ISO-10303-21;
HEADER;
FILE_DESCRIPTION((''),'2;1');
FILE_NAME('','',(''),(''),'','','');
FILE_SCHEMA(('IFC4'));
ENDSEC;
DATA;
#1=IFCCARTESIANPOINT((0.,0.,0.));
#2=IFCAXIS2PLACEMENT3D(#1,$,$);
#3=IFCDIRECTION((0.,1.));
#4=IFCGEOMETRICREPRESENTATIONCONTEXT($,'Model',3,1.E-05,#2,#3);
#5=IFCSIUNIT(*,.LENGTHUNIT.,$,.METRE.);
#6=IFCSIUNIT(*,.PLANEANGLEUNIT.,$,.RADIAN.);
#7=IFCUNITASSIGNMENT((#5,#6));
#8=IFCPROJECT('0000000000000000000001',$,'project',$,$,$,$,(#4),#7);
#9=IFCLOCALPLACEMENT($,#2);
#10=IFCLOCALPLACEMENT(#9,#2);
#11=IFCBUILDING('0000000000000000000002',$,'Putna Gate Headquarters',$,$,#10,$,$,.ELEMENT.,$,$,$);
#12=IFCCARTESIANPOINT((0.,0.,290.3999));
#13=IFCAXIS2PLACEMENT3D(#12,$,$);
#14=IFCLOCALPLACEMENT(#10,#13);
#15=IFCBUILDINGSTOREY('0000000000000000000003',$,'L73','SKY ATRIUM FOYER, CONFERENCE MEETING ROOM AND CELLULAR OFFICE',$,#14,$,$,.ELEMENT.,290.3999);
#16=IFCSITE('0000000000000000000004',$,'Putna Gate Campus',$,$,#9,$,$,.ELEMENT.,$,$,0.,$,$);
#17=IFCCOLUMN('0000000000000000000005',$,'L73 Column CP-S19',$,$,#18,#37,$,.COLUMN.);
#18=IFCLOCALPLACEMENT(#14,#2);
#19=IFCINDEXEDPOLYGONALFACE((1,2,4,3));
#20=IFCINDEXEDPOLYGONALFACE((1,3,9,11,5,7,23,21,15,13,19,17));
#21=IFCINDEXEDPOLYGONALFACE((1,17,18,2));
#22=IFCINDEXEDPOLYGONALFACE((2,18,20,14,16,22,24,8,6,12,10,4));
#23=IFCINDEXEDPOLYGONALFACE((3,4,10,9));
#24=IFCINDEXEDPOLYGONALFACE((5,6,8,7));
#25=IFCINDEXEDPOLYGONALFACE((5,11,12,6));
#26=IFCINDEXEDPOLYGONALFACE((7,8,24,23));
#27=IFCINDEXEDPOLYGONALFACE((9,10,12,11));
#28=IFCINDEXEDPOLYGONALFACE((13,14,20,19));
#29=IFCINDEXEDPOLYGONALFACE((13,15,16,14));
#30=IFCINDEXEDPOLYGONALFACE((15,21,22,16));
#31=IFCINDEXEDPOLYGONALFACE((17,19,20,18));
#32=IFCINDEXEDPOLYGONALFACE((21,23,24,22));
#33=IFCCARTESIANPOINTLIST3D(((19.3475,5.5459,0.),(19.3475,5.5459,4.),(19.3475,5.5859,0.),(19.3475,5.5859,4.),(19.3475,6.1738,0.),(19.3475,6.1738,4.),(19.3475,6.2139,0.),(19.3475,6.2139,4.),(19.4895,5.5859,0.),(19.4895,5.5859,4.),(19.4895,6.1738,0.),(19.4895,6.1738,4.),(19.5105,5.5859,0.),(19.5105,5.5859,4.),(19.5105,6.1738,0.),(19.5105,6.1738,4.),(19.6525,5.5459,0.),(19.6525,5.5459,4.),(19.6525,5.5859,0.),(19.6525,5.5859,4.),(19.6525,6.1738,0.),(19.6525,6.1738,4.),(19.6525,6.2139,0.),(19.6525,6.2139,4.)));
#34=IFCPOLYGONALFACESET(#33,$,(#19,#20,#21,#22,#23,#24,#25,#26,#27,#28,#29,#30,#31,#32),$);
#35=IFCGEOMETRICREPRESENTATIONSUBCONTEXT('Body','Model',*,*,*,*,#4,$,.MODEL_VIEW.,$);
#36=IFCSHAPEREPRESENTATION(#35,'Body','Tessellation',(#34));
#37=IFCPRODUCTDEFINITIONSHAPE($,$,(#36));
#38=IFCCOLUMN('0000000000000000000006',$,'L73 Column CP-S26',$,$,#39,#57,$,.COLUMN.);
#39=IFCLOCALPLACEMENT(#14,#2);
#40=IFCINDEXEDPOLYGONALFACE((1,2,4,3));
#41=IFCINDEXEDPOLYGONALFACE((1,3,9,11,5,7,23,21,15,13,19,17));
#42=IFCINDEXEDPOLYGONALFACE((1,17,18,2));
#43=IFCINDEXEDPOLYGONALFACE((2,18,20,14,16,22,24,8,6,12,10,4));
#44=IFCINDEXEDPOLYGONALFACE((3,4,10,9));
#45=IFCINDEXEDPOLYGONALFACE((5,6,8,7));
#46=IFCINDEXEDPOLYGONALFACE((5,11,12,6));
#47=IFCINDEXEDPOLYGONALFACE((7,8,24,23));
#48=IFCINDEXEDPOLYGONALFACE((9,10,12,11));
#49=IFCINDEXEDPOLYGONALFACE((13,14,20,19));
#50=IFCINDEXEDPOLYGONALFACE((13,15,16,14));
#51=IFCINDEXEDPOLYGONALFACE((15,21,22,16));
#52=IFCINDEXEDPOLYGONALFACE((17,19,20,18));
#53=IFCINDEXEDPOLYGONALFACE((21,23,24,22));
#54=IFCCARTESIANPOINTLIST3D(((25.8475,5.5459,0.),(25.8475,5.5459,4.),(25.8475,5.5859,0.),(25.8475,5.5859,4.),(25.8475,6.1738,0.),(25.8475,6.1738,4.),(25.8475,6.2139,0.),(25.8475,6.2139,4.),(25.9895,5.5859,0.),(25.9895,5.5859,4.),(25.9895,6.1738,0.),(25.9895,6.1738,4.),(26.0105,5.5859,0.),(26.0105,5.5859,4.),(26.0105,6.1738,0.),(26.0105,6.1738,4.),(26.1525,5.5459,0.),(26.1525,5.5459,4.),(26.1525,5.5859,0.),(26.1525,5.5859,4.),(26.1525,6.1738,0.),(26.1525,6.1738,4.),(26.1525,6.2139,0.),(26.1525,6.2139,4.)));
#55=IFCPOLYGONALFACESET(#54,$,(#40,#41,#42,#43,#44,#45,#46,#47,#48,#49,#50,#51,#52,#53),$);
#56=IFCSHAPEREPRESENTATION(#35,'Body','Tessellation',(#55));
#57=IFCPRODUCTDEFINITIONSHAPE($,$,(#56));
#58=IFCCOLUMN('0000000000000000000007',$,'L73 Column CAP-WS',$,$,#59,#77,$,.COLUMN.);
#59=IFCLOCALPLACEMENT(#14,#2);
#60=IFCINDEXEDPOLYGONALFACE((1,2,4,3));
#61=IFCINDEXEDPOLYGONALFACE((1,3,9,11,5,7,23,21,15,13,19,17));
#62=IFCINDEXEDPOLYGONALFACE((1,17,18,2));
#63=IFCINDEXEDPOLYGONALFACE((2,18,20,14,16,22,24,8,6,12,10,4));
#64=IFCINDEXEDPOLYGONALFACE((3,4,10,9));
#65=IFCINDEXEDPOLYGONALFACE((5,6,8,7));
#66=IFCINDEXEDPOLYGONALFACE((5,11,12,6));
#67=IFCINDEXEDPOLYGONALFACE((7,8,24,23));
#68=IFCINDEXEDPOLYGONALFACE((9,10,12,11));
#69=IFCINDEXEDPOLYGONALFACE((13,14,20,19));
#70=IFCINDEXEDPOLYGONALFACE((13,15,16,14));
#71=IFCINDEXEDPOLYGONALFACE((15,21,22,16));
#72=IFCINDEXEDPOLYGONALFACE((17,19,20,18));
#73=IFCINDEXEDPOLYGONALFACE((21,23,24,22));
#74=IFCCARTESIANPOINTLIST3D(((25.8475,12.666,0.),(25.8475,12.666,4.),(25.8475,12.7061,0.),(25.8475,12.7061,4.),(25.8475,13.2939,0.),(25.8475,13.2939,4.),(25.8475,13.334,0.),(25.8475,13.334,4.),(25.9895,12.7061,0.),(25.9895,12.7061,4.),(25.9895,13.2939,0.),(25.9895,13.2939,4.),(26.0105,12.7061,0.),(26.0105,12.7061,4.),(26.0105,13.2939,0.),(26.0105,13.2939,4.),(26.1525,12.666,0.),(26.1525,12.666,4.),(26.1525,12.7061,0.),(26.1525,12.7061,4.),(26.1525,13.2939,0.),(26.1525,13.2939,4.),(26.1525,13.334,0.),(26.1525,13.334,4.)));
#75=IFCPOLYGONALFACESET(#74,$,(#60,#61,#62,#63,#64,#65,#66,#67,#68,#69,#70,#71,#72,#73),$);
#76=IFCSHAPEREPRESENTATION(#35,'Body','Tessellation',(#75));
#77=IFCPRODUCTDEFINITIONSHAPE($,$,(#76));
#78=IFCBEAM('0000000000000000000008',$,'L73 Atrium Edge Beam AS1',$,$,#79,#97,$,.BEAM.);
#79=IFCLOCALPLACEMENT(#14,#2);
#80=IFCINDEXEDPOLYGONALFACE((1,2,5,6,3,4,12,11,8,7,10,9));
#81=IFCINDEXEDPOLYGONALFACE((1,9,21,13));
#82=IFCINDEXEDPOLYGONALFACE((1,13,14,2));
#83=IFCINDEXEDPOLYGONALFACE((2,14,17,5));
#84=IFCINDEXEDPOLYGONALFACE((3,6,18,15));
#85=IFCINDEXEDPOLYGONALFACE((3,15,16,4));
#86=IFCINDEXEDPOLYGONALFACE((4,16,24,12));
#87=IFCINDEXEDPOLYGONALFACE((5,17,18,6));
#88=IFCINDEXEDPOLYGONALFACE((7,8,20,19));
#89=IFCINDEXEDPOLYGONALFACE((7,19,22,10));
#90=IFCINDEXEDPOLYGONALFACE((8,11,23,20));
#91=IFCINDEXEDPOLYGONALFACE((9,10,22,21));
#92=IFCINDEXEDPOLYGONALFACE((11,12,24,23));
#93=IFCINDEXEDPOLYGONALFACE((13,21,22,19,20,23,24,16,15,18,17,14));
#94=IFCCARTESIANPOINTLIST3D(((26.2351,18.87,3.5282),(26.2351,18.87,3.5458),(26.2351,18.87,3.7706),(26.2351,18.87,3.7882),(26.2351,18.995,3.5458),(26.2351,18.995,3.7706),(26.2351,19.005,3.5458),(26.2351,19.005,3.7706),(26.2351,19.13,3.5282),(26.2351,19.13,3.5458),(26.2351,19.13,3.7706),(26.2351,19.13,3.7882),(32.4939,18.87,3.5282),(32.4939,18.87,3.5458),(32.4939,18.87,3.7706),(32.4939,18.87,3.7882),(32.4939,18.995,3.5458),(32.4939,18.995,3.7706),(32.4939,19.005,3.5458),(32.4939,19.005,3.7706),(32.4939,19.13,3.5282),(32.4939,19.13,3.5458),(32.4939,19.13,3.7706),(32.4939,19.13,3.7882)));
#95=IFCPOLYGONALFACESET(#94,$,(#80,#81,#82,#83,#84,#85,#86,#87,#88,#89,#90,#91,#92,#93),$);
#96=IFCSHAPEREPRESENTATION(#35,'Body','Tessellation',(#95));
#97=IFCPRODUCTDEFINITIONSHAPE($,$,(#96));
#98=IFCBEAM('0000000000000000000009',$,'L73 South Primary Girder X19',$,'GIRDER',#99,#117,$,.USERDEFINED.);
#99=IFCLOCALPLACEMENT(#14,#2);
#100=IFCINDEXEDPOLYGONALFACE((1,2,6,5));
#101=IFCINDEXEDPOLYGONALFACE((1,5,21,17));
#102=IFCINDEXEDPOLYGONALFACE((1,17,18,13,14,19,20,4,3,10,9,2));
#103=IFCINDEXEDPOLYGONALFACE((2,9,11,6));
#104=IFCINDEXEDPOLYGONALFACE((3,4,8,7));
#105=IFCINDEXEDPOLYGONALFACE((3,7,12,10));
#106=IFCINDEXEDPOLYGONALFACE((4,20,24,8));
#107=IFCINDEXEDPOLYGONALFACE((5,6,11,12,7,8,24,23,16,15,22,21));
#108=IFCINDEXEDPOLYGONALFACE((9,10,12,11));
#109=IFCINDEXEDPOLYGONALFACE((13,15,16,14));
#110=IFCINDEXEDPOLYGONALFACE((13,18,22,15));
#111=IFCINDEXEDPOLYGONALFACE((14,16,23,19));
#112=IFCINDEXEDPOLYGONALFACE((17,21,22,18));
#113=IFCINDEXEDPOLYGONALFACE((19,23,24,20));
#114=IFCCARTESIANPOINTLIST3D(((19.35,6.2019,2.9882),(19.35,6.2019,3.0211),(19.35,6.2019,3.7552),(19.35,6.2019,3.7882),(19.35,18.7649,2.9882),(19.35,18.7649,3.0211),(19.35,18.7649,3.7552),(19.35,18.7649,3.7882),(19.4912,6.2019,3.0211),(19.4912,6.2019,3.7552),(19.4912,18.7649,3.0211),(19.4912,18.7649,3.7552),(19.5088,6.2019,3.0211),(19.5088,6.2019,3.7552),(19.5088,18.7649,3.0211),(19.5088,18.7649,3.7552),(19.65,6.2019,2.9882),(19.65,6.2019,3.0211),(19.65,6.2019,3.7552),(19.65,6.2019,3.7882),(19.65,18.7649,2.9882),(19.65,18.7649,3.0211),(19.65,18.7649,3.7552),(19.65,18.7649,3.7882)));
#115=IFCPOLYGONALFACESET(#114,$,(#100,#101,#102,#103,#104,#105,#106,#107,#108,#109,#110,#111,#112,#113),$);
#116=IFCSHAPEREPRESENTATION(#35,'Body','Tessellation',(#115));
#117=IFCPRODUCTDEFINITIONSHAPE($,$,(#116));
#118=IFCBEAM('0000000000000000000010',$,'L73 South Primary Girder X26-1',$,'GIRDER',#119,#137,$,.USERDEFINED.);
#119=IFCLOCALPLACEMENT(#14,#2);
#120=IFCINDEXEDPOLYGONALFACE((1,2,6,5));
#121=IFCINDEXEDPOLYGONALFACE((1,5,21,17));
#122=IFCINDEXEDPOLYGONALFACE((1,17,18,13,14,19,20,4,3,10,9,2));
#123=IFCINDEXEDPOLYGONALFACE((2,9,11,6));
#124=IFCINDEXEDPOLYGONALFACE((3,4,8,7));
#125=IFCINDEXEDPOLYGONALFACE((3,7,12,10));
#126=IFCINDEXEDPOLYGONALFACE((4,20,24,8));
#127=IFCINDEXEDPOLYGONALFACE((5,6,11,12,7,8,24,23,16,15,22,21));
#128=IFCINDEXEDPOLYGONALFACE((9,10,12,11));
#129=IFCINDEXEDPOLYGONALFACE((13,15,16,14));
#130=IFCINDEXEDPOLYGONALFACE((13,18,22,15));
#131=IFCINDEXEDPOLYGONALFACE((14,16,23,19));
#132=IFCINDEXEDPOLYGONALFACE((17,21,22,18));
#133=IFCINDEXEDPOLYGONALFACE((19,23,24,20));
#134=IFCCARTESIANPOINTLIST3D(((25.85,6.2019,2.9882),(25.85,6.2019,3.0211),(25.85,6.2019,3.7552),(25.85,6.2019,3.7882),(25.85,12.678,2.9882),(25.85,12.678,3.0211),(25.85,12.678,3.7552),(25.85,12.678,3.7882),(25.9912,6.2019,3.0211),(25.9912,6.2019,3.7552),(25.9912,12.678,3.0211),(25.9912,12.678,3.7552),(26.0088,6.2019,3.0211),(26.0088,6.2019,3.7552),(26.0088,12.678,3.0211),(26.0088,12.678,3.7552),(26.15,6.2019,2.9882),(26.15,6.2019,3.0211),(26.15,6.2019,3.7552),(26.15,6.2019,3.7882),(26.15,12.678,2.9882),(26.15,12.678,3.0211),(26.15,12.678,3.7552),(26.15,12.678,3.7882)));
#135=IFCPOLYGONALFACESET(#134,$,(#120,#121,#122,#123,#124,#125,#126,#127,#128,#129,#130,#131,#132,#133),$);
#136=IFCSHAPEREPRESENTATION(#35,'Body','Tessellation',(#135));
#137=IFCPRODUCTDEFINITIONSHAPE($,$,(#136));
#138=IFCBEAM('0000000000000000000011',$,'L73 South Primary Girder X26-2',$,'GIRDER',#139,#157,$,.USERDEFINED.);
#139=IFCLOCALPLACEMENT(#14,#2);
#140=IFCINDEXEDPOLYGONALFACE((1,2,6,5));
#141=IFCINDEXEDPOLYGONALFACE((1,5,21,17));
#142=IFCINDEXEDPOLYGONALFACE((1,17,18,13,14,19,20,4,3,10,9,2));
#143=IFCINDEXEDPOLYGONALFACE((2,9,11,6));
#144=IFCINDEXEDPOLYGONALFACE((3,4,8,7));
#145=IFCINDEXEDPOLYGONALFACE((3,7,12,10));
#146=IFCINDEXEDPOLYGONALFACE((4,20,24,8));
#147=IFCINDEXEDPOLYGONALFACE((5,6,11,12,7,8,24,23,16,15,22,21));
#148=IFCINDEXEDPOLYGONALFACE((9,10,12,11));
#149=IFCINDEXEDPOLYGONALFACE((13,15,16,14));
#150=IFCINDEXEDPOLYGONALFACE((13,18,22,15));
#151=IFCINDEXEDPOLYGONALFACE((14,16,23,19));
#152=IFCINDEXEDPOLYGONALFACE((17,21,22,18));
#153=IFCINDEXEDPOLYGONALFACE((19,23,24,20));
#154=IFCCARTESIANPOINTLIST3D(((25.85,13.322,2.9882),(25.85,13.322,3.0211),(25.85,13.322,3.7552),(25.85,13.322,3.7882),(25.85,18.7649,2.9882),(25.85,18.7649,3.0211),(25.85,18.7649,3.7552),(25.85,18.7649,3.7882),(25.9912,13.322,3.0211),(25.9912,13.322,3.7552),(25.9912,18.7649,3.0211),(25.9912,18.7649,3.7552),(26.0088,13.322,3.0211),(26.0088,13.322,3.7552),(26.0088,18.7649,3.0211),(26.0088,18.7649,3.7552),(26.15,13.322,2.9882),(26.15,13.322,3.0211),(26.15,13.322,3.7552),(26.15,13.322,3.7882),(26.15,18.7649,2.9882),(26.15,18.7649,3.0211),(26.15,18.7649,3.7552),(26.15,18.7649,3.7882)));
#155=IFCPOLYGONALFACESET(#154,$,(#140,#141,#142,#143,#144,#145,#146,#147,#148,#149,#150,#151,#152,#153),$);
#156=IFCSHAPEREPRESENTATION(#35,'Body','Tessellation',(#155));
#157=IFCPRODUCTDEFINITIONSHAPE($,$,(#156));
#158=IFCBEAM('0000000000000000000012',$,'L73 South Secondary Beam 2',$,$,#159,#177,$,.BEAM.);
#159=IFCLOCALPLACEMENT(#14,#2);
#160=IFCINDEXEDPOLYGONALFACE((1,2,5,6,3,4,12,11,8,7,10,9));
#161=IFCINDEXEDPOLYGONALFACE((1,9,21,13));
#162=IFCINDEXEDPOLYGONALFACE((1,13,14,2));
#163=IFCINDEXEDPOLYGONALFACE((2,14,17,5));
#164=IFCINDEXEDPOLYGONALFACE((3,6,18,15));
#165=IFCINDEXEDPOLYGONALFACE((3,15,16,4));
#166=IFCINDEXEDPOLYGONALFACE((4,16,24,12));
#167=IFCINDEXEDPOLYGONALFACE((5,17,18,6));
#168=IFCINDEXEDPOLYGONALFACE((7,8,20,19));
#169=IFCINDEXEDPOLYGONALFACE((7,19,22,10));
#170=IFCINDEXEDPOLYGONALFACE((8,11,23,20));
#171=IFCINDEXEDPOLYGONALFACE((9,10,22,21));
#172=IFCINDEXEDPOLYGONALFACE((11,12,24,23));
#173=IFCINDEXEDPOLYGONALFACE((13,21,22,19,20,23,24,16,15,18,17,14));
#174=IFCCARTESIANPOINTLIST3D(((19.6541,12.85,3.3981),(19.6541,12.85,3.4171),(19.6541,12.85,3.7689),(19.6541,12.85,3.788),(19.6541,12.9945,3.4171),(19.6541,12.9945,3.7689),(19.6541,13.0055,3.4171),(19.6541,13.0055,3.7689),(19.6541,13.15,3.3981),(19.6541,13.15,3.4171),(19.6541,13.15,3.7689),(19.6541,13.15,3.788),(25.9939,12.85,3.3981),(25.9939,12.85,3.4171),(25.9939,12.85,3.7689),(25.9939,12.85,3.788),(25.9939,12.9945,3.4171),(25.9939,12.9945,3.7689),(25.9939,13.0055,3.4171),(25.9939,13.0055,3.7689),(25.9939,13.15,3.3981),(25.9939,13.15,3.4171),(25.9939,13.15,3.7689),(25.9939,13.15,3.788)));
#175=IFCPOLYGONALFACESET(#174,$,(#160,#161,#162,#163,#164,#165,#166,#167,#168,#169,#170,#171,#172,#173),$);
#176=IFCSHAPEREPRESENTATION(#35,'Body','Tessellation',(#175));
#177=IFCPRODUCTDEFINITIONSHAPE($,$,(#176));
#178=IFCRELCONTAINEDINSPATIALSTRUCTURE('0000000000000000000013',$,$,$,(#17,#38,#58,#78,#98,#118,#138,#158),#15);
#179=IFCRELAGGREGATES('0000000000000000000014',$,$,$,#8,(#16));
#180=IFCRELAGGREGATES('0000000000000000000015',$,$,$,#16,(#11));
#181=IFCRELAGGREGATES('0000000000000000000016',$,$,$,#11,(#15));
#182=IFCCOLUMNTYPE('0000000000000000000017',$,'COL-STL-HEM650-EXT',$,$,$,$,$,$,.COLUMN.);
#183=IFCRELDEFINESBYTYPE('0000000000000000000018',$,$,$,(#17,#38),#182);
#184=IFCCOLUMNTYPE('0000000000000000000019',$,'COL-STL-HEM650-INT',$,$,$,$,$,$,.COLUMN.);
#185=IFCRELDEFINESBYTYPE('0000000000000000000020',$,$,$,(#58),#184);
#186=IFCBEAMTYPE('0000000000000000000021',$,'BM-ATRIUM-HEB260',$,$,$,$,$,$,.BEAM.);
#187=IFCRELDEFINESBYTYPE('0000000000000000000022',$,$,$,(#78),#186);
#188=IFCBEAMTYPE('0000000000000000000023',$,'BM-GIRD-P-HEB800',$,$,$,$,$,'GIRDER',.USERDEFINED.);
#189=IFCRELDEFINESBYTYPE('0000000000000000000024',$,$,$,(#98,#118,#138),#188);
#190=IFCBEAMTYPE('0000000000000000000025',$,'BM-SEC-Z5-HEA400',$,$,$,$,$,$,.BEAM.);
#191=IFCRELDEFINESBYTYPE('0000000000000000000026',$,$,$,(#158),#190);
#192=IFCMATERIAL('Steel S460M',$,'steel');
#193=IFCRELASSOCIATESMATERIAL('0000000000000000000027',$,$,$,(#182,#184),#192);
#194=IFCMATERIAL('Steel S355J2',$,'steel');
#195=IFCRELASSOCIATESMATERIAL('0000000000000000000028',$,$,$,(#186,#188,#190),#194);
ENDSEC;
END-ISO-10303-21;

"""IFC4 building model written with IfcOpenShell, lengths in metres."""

from ifc_helpers import new_model, si_unit, direction, frame, origin, origin_2d, place, context, subcontext, project, spatial, i_section, extrude, material, material_profile, profile_set, type_object, element, save


model = new_model("IFC4")

# Units and contexts
model_context = context("Model", 3, precision=1e-05, world=origin(), true_north=direction((0.0, 1.0)))
body_context = subcontext(model_context, "Body", "Model", "MODEL_VIEW")
ifc_project = project(units=[si_unit("LENGTHUNIT", "METRE"), si_unit("PLANEANGLEUNIT", "RADIAN")], contexts=[model_context])

# Site, building, storey
site_placement = place(None, origin())
site = spatial("IfcSite", under=ifc_project, at=site_placement, Name="Putna Gate Campus", CompositionType="ELEMENT", RefElevation=0.0)
building_placement = place(site_placement, origin())
building = spatial("IfcBuilding", under=site, at=building_placement, Name="Putna Gate Headquarters", CompositionType="ELEMENT")
storey_placement = place(building_placement, frame((0.0, 0.0, 290.3999)))
storey = spatial("IfcBuildingStorey", under=building, at=storey_placement, Name="L73", Description="SKY ATRIUM FOYER, CONFERENCE MEETING ROOM AND CELLULAR OFFICE", CompositionType="ELEMENT", Elevation=290.3999)

# Columns
ifc_material_1 = material(Name="Steel S460M", Category="steel")
ifc_material_profile_1 = material_profile(ifc_material_1, i_section(OverallWidth=0.3049, OverallDepth=0.668, WebThickness=0.021, FlangeThickness=0.04, at=origin_2d()), Name="Steel S460M")
ifc_profile_set_1 = profile_set([ifc_material_profile_1], Name="Steel S460M")
column_type_1 = type_object("IfcColumnType", Name="COL-STL-HEM650-EXT", PredefinedType="COLUMN", material=ifc_profile_set_1)
for number, where, z_axis, x_axis, name in (
    (1, (19.5, 5.8799, 0.0), (0.0, 0.0, 1.0), (1.0, 0.0, 0.0), "L73 Column CP-S19"),
    (2, (26.0, 5.8799, 0.0), (0.0, 0.0, 1.0), (1.0, 0.0, 0.0), "L73 Column CP-S26"),
):
    element("IfcColumn", number, at=place(storey_placement, frame(where, z_axis=z_axis, x_axis=x_axis)), inside=storey, type_object=column_type_1, Name=name, PredefinedType="COLUMN", context=body_context, shape_type="SweptSolid", body=[
        extrude(i_section(OverallWidth=0.3049, OverallDepth=0.668, WebThickness=0.021, FlangeThickness=0.04, at=origin_2d()), origin(), (0.0, 0.0, 1.0), 4.0),
    ])
ifc_material_profile_2 = material_profile(ifc_material_1, i_section(OverallWidth=0.3049, OverallDepth=0.668, WebThickness=0.021, FlangeThickness=0.04, at=origin_2d()), Name="Steel S460M")
ifc_profile_set_2 = profile_set([ifc_material_profile_2], Name="Steel S460M")
column_type_2 = type_object("IfcColumnType", Name="COL-STL-HEM650-INT", PredefinedType="COLUMN", material=ifc_profile_set_2)
column_placement = place(storey_placement, frame((26.0, 13.0, 0.0), z_axis=(0.0, 0.0, 1.0), x_axis=(1.0, 0.0, 0.0)))
element("IfcColumn", 3, at=column_placement, inside=storey, type_object=column_type_2, Name="L73 Column CAP-WS", PredefinedType="COLUMN", context=body_context, shape_type="SweptSolid", body=[
    extrude(i_section(OverallWidth=0.3049, OverallDepth=0.668, WebThickness=0.021, FlangeThickness=0.04, at=origin_2d()), origin(), (0.0, 0.0, 1.0), 4.0),
])

# Beams
ifc_material_2 = material(Name="Steel S355J2", Category="steel")
ifc_material_profile_3 = material_profile(ifc_material_2, i_section(OverallWidth=0.26, OverallDepth=0.26, WebThickness=0.01, FlangeThickness=0.0176, at=origin_2d()), Name="Steel S355J2")
ifc_profile_set_3 = profile_set([ifc_material_profile_3], Name="Steel S355J2")
beam_type_1 = type_object("IfcBeamType", Name="BM-ATRIUM-HEB260", PredefinedType="BEAM", material=ifc_profile_set_3)
beam_1_placement = place(storey_placement, frame((26.2351, 19.0, 3.6582), z_axis=(1.0, 0.0, 0.0), x_axis=(0.0, 1.0, 0.0)))
element("IfcBeam", 4, at=beam_1_placement, inside=storey, type_object=beam_type_1, Name="L73 Atrium Edge Beam AS1", PredefinedType="BEAM", context=body_context, shape_type="SweptSolid", body=[
    extrude(i_section(OverallWidth=0.26, OverallDepth=0.26, WebThickness=0.01, FlangeThickness=0.0176, at=origin_2d()), origin(), (0.0, 0.0, 1.0), 6.2588),
])
ifc_material_profile_4 = material_profile(ifc_material_2, i_section(OverallWidth=0.3, OverallDepth=0.8, WebThickness=0.0176, FlangeThickness=0.033, at=origin_2d()), Name="Steel S355J2")
ifc_profile_set_4 = profile_set([ifc_material_profile_4], Name="Steel S355J2")
beam_type_2 = type_object("IfcBeamType", Name="BM-GIRD-P-HEB800", ElementType="GIRDER", PredefinedType="USERDEFINED", material=ifc_profile_set_4)
beam_2_placement = place(storey_placement, frame((19.5, 6.2019, 3.3882), z_axis=(0.0, 1.0, 0.0), x_axis=(-1.0, 0.0, 0.0)))
element("IfcBeam", 5, at=beam_2_placement, inside=storey, type_object=beam_type_2, Name="L73 South Primary Girder X19", ObjectType="GIRDER", PredefinedType="USERDEFINED", context=body_context, shape_type="SweptSolid", body=[
    extrude(i_section(OverallWidth=0.3, OverallDepth=0.8, WebThickness=0.0176, FlangeThickness=0.033, at=origin_2d()), origin(), (0.0, 0.0, 1.0), 12.563),
])
beam_3_placement = place(storey_placement, frame((26.0, 6.2019, 3.3882), z_axis=(0.0, 1.0, 0.0), x_axis=(-1.0, 0.0, 0.0)))
element("IfcBeam", 6, at=beam_3_placement, inside=storey, type_object=beam_type_2, Name="L73 South Primary Girder X26-1", ObjectType="GIRDER", PredefinedType="USERDEFINED", context=body_context, shape_type="SweptSolid", body=[
    extrude(i_section(OverallWidth=0.3, OverallDepth=0.8, WebThickness=0.0176, FlangeThickness=0.033, at=origin_2d()), origin(), (0.0, 0.0, 1.0), 6.4761),
])
beam_4_placement = place(storey_placement, frame((26.0, 13.322, 3.3882), z_axis=(0.0, 1.0, 0.0), x_axis=(-1.0, 0.0, 0.0)))
element("IfcBeam", 7, at=beam_4_placement, inside=storey, type_object=beam_type_2, Name="L73 South Primary Girder X26-2", ObjectType="GIRDER", PredefinedType="USERDEFINED", context=body_context, shape_type="SweptSolid", body=[
    extrude(i_section(OverallWidth=0.3, OverallDepth=0.8, WebThickness=0.0176, FlangeThickness=0.033, at=origin_2d()), origin(), (0.0, 0.0, 1.0), 5.4429),
])
ifc_material_profile_5 = material_profile(ifc_material_2, i_section(OverallWidth=0.3, OverallDepth=0.3899, WebThickness=0.011, FlangeThickness=0.019, at=origin_2d()), Name="Steel S355J2")
ifc_profile_set_5 = profile_set([ifc_material_profile_5], Name="Steel S355J2")
beam_type_3 = type_object("IfcBeamType", Name="BM-SEC-Z5-HEA400", PredefinedType="BEAM", material=ifc_profile_set_5)
for number, where, z_axis, x_axis, name in (
    (8, (19.6541, 13.0, 3.593), (1.0, 0.0, 0.0), (0.0, 1.0, 0.0), "L73 South Secondary Beam 2"),
):
    element("IfcBeam", number, at=place(storey_placement, frame(where, z_axis=z_axis, x_axis=x_axis)), inside=storey, type_object=beam_type_3, Name=name, PredefinedType="BEAM", context=body_context, shape_type="SweptSolid", body=[
        extrude(i_section(OverallWidth=0.3, OverallDepth=0.3899, WebThickness=0.011, FlangeThickness=0.019, at=origin_2d()), origin(), (0.0, 0.0, 1.0), 6.3398),
    ])

save(model, "model.ifc")
